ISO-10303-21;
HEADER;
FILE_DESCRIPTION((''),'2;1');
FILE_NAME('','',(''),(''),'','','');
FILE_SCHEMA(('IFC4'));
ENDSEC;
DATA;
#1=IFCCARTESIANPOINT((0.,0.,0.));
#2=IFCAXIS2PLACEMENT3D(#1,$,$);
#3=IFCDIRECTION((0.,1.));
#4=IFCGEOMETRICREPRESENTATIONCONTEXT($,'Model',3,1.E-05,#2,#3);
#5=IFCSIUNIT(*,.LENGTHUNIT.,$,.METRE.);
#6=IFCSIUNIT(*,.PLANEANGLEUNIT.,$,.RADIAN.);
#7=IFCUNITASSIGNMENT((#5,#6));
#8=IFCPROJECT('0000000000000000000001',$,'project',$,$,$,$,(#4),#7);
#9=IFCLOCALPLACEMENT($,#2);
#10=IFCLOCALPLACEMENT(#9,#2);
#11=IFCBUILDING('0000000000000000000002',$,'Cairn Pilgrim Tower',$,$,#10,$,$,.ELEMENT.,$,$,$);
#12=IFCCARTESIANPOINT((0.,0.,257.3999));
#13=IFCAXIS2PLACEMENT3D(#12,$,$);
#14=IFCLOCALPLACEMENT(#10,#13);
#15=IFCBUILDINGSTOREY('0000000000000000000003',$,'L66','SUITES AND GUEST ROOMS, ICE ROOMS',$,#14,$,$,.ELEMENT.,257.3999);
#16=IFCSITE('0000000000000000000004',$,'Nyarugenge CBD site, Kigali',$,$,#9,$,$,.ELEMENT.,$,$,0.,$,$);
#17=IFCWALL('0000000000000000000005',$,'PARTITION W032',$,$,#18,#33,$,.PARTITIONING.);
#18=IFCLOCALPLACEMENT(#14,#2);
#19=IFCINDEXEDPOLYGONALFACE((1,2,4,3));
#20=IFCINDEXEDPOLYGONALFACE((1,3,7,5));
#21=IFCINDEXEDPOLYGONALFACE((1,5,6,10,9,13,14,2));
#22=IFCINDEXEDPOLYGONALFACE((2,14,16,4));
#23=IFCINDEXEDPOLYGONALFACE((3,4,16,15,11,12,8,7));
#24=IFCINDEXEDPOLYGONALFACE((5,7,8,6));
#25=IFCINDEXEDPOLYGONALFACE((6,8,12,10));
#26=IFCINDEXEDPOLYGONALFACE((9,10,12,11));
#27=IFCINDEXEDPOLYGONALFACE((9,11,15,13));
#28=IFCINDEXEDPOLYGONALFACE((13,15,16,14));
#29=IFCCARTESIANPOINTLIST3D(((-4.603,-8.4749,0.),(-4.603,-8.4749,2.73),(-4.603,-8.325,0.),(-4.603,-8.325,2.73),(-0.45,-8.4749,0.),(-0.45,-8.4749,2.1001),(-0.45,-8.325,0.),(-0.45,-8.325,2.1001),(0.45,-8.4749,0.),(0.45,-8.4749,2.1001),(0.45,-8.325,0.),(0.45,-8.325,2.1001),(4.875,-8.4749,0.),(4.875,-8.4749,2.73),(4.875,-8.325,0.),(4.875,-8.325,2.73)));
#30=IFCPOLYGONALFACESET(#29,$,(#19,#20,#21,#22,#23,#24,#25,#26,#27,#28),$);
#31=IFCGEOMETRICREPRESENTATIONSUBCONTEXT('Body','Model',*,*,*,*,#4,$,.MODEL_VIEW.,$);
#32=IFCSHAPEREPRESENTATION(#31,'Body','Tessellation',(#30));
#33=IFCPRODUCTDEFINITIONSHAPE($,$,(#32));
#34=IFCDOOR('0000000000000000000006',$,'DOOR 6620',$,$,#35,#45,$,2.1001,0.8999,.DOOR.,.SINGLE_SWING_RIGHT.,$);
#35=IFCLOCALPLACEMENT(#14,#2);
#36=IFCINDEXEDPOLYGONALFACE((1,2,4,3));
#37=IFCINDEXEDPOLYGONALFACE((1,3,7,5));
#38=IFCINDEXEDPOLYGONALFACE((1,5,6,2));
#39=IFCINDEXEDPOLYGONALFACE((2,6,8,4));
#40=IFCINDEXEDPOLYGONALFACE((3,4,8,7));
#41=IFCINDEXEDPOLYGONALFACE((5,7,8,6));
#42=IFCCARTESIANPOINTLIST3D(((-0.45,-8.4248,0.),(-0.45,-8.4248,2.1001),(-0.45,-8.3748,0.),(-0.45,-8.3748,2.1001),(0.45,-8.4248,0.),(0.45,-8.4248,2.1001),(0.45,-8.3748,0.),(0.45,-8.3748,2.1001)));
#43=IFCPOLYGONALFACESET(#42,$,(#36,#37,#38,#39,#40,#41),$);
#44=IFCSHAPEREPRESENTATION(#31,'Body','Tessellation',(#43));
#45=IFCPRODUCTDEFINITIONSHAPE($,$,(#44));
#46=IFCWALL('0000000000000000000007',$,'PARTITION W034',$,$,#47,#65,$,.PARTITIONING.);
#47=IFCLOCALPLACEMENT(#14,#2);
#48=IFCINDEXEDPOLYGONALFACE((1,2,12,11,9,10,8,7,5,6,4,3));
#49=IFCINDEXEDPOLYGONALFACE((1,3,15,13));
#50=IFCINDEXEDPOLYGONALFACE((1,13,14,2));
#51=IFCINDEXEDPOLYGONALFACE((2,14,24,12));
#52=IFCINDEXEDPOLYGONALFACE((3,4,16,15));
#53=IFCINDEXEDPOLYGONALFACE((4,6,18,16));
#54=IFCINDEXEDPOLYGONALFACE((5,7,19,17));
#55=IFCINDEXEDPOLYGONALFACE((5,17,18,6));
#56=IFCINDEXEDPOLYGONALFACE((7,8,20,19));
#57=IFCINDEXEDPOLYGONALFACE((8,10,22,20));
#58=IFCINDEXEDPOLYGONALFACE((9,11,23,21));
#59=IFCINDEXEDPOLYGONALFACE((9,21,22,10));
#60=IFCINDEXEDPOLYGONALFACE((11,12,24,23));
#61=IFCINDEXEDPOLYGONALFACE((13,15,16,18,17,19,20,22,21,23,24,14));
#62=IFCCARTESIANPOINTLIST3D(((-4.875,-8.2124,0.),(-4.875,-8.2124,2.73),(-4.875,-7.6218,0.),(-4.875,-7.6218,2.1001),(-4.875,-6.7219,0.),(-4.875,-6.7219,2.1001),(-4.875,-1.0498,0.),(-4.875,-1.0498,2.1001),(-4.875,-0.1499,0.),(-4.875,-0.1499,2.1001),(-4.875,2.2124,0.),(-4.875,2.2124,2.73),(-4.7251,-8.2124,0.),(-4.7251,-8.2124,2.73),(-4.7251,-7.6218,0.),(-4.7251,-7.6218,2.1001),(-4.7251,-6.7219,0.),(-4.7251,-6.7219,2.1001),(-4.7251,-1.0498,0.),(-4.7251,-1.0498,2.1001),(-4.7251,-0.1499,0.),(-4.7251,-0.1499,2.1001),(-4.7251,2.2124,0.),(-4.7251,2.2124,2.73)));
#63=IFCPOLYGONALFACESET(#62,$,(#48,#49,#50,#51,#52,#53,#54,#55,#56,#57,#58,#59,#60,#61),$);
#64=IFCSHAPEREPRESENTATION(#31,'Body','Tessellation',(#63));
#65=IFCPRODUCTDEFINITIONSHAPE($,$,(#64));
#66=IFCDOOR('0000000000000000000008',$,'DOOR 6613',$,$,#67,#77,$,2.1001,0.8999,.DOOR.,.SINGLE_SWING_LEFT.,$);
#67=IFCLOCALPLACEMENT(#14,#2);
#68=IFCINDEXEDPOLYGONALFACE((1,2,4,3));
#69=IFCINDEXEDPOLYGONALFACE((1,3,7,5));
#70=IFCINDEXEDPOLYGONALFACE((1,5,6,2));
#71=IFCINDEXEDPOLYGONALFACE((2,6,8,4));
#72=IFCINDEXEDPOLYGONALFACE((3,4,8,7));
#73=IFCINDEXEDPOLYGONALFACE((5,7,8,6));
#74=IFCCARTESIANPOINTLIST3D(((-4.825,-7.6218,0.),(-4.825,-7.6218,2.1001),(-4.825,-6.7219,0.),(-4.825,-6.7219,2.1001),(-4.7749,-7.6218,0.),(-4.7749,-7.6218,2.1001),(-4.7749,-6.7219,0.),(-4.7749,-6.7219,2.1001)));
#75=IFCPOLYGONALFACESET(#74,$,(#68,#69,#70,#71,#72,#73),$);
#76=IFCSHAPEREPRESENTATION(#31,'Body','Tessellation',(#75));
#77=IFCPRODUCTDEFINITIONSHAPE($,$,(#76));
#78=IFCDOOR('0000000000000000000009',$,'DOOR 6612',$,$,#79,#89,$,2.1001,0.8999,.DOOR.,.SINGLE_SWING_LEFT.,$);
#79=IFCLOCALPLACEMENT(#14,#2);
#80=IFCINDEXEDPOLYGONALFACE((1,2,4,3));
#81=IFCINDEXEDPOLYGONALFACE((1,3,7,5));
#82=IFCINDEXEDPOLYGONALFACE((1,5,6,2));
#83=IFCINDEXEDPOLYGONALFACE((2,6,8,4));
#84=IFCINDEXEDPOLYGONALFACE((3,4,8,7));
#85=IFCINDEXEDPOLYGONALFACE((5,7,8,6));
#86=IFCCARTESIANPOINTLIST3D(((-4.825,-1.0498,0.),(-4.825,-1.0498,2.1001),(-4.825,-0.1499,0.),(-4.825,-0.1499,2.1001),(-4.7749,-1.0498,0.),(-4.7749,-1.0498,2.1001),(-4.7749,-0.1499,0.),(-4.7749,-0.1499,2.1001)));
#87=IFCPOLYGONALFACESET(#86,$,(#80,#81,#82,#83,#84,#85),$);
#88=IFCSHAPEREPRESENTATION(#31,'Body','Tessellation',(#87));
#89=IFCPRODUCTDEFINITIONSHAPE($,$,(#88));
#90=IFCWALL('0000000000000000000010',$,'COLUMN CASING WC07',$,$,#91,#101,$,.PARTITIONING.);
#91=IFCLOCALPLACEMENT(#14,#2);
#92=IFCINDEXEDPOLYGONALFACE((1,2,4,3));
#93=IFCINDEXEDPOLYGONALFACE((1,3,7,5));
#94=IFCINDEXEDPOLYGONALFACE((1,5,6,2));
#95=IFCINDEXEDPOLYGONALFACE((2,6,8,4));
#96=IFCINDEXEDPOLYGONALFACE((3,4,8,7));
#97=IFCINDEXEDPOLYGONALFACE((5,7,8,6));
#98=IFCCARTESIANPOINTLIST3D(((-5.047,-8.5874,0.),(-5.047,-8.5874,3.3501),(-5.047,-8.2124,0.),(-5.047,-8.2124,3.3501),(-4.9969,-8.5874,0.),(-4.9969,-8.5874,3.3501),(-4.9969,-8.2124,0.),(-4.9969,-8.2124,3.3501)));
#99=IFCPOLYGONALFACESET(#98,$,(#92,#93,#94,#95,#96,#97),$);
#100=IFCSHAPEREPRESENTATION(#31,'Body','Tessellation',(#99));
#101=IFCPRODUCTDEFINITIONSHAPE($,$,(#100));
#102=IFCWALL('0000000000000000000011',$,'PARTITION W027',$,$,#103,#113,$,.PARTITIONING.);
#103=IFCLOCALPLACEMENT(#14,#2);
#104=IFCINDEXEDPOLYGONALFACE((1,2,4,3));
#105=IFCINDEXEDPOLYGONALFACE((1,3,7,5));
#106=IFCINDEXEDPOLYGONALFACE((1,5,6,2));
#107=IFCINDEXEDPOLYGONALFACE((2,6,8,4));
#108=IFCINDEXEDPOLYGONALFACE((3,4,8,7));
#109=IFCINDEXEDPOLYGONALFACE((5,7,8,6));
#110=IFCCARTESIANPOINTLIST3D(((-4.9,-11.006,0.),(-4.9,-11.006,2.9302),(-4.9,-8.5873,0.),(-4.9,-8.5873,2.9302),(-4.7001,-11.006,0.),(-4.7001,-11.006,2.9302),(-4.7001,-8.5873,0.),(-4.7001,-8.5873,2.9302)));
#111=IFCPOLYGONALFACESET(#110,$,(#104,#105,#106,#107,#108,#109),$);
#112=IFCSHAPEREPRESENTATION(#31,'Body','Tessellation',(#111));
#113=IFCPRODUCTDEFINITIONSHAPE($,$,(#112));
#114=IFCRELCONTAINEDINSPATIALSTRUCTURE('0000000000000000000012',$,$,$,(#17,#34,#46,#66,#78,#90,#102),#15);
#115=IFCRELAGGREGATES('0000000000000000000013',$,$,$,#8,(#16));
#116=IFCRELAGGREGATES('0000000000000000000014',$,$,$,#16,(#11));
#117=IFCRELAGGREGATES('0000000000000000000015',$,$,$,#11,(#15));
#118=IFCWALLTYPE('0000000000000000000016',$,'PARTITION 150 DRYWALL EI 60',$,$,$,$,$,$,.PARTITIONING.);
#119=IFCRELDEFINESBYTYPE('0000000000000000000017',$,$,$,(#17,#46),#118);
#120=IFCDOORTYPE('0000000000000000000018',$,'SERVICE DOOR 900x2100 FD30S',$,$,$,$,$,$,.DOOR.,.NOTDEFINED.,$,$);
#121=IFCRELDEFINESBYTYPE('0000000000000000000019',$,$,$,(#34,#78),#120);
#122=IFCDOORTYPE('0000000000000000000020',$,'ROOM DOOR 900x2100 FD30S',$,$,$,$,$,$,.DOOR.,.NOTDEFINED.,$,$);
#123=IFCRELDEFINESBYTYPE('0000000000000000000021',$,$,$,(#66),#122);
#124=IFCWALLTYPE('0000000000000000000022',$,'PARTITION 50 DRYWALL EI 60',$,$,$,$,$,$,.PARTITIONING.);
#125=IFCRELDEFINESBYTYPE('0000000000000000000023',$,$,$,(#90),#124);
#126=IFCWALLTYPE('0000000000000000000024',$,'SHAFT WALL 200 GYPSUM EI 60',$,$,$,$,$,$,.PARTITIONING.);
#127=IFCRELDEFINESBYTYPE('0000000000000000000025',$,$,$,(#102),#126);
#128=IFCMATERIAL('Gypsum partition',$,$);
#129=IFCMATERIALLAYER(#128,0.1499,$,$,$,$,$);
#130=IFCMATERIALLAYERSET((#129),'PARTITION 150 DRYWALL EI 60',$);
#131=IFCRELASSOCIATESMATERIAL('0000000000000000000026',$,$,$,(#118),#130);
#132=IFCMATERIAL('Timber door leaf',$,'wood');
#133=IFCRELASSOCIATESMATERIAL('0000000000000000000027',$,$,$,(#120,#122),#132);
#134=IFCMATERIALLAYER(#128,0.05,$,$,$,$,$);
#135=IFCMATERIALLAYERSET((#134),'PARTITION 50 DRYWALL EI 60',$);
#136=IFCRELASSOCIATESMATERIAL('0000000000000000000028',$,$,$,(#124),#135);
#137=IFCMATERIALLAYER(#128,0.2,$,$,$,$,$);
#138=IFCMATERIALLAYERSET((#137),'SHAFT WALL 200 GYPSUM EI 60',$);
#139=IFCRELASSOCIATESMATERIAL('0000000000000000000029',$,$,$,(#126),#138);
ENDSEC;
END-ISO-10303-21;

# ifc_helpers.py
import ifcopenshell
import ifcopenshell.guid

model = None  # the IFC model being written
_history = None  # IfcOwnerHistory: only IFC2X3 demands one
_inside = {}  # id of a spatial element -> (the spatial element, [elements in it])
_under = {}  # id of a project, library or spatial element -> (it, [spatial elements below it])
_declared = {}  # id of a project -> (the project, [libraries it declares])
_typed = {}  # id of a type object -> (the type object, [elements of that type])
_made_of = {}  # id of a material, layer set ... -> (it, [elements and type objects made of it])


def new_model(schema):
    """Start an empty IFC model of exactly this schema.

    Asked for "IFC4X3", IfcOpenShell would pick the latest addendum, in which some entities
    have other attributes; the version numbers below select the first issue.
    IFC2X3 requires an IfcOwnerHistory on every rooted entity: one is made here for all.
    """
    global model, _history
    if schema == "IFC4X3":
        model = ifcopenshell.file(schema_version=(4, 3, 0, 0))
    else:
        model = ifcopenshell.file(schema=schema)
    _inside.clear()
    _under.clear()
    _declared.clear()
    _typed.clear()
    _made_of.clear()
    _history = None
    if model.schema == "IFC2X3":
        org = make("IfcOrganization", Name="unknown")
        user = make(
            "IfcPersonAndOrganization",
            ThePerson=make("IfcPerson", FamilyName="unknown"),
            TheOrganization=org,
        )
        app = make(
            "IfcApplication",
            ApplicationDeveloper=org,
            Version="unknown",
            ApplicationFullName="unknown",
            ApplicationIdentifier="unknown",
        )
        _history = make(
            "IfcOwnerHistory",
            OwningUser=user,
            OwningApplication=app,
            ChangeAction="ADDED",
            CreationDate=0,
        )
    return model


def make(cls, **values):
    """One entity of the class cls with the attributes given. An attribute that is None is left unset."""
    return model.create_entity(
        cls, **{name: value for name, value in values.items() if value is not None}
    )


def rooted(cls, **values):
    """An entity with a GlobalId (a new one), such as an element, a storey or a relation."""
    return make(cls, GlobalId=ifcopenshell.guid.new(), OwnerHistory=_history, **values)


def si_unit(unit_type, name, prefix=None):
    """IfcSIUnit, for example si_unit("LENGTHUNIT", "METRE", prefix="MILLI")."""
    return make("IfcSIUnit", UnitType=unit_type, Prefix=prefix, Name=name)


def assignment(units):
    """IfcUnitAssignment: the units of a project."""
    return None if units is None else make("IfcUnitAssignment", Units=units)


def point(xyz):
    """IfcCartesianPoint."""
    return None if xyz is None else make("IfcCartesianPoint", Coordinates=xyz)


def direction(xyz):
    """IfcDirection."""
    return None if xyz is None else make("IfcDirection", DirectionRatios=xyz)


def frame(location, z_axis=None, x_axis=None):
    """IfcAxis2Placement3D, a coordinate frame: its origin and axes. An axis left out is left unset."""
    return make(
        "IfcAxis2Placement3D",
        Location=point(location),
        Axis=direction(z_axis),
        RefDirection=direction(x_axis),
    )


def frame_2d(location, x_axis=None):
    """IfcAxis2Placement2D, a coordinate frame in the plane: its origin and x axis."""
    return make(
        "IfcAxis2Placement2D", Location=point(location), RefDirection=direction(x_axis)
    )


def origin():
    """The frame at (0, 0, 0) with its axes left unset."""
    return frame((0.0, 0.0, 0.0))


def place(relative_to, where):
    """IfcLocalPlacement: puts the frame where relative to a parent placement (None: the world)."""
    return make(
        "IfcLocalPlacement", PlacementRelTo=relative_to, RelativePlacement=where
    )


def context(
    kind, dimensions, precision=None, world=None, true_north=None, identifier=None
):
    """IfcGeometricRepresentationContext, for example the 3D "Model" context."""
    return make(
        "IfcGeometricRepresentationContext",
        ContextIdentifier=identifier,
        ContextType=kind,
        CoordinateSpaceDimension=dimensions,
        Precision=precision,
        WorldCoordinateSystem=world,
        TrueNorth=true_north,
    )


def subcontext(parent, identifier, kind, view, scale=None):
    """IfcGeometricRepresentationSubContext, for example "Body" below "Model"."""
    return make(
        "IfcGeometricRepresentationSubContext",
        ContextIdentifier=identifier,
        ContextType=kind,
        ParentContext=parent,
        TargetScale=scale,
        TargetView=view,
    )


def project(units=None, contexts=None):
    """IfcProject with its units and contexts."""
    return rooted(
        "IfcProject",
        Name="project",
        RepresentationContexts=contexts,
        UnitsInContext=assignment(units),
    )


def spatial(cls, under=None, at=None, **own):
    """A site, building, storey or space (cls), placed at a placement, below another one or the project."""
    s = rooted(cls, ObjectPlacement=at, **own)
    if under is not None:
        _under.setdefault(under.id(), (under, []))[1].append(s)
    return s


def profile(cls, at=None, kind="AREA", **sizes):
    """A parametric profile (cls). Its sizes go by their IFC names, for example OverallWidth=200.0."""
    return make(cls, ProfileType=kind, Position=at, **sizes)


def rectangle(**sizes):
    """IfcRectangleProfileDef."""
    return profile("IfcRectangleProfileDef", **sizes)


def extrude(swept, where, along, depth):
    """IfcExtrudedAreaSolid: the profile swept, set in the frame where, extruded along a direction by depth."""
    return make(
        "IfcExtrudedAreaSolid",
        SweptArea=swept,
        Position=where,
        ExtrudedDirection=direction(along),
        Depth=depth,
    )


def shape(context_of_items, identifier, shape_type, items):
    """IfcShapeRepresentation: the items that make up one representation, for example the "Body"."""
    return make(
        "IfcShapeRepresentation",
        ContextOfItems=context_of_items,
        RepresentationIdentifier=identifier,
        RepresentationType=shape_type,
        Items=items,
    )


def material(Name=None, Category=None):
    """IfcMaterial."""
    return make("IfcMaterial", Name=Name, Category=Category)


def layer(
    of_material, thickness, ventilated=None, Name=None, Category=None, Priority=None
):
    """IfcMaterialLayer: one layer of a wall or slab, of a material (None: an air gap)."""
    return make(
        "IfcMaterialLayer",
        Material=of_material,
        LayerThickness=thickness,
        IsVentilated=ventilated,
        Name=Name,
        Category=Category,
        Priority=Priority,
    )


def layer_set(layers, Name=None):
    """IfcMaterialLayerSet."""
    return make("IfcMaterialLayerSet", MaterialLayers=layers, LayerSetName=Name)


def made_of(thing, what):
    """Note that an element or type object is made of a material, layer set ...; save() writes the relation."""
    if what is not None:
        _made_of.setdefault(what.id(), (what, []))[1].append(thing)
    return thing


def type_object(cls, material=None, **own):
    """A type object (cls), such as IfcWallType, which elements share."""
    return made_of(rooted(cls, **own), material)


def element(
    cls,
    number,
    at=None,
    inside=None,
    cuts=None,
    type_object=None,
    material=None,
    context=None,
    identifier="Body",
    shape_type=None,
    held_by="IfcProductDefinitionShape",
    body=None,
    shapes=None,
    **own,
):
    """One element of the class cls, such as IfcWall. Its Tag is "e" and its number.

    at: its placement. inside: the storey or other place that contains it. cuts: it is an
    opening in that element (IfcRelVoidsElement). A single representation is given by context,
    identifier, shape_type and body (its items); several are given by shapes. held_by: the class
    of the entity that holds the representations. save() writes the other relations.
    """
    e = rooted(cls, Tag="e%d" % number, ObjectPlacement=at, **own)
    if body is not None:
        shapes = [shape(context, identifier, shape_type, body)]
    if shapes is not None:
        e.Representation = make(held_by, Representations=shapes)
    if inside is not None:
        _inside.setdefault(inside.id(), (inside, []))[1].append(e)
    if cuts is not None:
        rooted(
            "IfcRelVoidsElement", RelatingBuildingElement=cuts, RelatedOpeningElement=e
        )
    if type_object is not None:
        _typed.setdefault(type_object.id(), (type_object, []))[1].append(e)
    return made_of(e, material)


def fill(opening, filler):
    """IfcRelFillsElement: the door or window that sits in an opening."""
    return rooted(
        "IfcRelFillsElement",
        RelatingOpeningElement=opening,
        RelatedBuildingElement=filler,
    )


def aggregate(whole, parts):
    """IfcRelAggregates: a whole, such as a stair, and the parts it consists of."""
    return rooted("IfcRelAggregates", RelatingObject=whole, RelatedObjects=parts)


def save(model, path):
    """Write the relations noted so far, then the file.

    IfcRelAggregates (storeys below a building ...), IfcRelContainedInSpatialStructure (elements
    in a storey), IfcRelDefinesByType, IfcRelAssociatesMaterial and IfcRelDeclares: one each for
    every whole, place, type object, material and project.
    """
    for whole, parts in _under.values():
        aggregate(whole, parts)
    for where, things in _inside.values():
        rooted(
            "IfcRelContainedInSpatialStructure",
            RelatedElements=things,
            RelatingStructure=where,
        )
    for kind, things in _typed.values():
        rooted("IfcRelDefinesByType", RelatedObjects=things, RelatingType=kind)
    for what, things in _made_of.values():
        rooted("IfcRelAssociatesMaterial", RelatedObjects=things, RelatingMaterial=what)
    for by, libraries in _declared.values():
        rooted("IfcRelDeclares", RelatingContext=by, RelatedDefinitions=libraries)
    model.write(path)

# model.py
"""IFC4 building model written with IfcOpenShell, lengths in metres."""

from ifc_helpers import new_model, si_unit, direction, frame, frame_2d, origin, place, context, subcontext, project, spatial, rectangle, extrude, material, layer, layer_set, type_object, element, fill, save


model = new_model("IFC4")

# Units and contexts
model_context = context("Model", 3, precision=1e-05, world=origin(), true_north=direction((0.0, 1.0)))
body_context = subcontext(model_context, "Body", "Model", "MODEL_VIEW")
ifc_project = project(units=[si_unit("LENGTHUNIT", "METRE"), si_unit("PLANEANGLEUNIT", "RADIAN")], contexts=[model_context])

# Site, building, storey
site_placement = place(None, origin())
site = spatial("IfcSite", under=ifc_project, at=site_placement, Name="Nyarugenge CBD site, Kigali", CompositionType="ELEMENT", RefElevation=0.0)
building_placement = place(site_placement, origin())
building = spatial("IfcBuilding", under=site, at=building_placement, Name="Cairn Pilgrim Tower", CompositionType="ELEMENT")
storey_placement = place(building_placement, frame((0.0, 0.0, 257.3999)))
storey = spatial("IfcBuildingStorey", under=building, at=storey_placement, Name="L66", Description="SUITES AND GUEST ROOMS, ICE ROOMS", CompositionType="ELEMENT", Elevation=257.3999)

# Shared definitions
ifc_material_1 = material(Name="Gypsum partition")
ifc_layer_1 = layer(ifc_material_1, 0.1499)
ifc_layer_set_1 = layer_set([ifc_layer_1], Name="PARTITION 150 DRYWALL EI 60")
wall_type_1 = type_object("IfcWallType", Name="PARTITION 150 DRYWALL EI 60", PredefinedType="PARTITIONING", material=ifc_layer_set_1)

# Wall, opening, door
wall_1_placement = place(storey_placement, frame((-4.603, -8.3999, 0.0), z_axis=(0.0, 0.0, 1.0), x_axis=(1.0, 0.0, 0.0)))
wall_1 = element("IfcWall", 1, at=wall_1_placement, inside=storey, type_object=wall_type_1, Name="PARTITION W032", PredefinedType="PARTITIONING", context=body_context, shape_type="SweptSolid", body=[
    extrude(rectangle(XDim=9.478, YDim=0.1499, at=frame_2d((4.739, 0.0))), origin(), (0.0, 0.0, 1.0), 2.73),
])
opening_1_placement = place(wall_1_placement, frame((4.1531, 0.0, 0.0)))
opening_1 = element("IfcOpeningElement", 2, at=opening_1_placement, cuts=wall_1, PredefinedType="OPENING", context=body_context, shape_type="SweptSolid", body=[
    extrude(rectangle(XDim=0.8999, YDim=2.1001, at=frame_2d((0.45, 1.05))), frame((0.0, 0.085, 0.0), z_axis=(0.0, -1.0, 0.0), x_axis=(1.0, 0.0, 0.0)), (0.0, 0.0, 1.0), 0.1699),
])
ifc_material_2 = material(Name="Timber door leaf", Category="wood")
door_type_1 = type_object("IfcDoorType", Name="SERVICE DOOR 900x2100 FD30S", OperationType="NOTDEFINED", PredefinedType="DOOR", material=ifc_material_2)
door_1_placement = place(opening_1_placement, frame((0.8999, 0.0, 0.0), z_axis=(0.0, 0.0, 1.0), x_axis=(-1.0, 0.0, 0.0)))
door_1 = element("IfcDoor", 3, at=door_1_placement, inside=storey, type_object=door_type_1, Name="DOOR 6620", OperationType="SINGLE_SWING_RIGHT", OverallHeight=2.1001, OverallWidth=0.8999, PredefinedType="DOOR", context=body_context, shape_type="SweptSolid", body=[
    extrude(rectangle(XDim=0.8999, YDim=2.1001, at=frame_2d((0.45, 1.05))), frame((0.0, 0.0249, 0.0), z_axis=(0.0, -1.0, 0.0), x_axis=(1.0, 0.0, 0.0)), (0.0, 0.0, 1.0), 0.05),
])
fill(opening_1, door_1)

# Wall, openings, doors
wall_2_placement = place(storey_placement, frame((-4.8, -8.2124, 0.0), z_axis=(0.0, 0.0, 1.0), x_axis=(0.0, 1.0, 0.0)))
wall_2 = element("IfcWall", 4, at=wall_2_placement, inside=storey, type_object=wall_type_1, Name="PARTITION W034", PredefinedType="PARTITIONING", context=body_context, shape_type="SweptSolid", body=[
    extrude(rectangle(XDim=10.4248, YDim=0.1499, at=frame_2d((5.2124, 0.0))), origin(), (0.0, 0.0, 1.0), 2.73),
])
opening_2_placement = place(wall_2_placement, frame((7.1626, 0.0, 0.0)))
opening_2 = element("IfcOpeningElement", 5, at=opening_2_placement, cuts=wall_2, PredefinedType="OPENING", context=body_context, shape_type="SweptSolid", body=[
    extrude(rectangle(XDim=0.8999, YDim=2.1001, at=frame_2d((0.45, 1.05))), frame((0.0, 0.085, 0.0), z_axis=(0.0, -1.0, 0.0), x_axis=(1.0, 0.0, 0.0)), (0.0, 0.0, 1.0), 0.1699),
])
opening_3_placement = place(wall_2_placement, frame((0.5906, 0.0, 0.0)))
opening_3 = element("IfcOpeningElement", 6, at=opening_3_placement, cuts=wall_2, PredefinedType="OPENING", context=body_context, shape_type="SweptSolid", body=[
    extrude(rectangle(XDim=0.8999, YDim=2.1001, at=frame_2d((0.45, 1.05))), frame((0.0, 0.085, 0.0), z_axis=(0.0, -1.0, 0.0), x_axis=(1.0, 0.0, 0.0)), (0.0, 0.0, 1.0), 0.1699),
])
door_type_2 = type_object("IfcDoorType", Name="ROOM DOOR 900x2100 FD30S", OperationType="NOTDEFINED", PredefinedType="DOOR", material=ifc_material_2)
door_2_placement = place(opening_3_placement, origin())
door_2 = element("IfcDoor", 7, at=door_2_placement, inside=storey, type_object=door_type_2, Name="DOOR 6613", OperationType="SINGLE_SWING_LEFT", OverallHeight=2.1001, OverallWidth=0.8999, PredefinedType="DOOR", context=body_context, shape_type="SweptSolid", body=[
    extrude(rectangle(XDim=0.8999, YDim=2.1001, at=frame_2d((0.45, 1.05))), frame((0.0, 0.0249, 0.0), z_axis=(0.0, -1.0, 0.0), x_axis=(1.0, 0.0, 0.0)), (0.0, 0.0, 1.0), 0.05),
])
fill(opening_3, door_2)
door_3_placement = place(opening_2_placement, origin())
door_3 = element("IfcDoor", 8, at=door_3_placement, inside=storey, type_object=door_type_1, Name="DOOR 6612", OperationType="SINGLE_SWING_LEFT", OverallHeight=2.1001, OverallWidth=0.8999, PredefinedType="DOOR", context=body_context, shape_type="SweptSolid", body=[
    extrude(rectangle(XDim=0.8999, YDim=2.1001, at=frame_2d((0.45, 1.05))), frame((0.0, 0.0249, 0.0), z_axis=(0.0, -1.0, 0.0), x_axis=(1.0, 0.0, 0.0)), (0.0, 0.0, 1.0), 0.05),
])
fill(opening_2, door_3)

# Walls
ifc_layer_2 = layer(ifc_material_1, 0.05)
ifc_layer_set_2 = layer_set([ifc_layer_2], Name="PARTITION 50 DRYWALL EI 60")
wall_type_2 = type_object("IfcWallType", Name="PARTITION 50 DRYWALL EI 60", PredefinedType="PARTITIONING", material=ifc_layer_set_2)
wall_3_placement = place(storey_placement, frame((-5.022, -8.5874, 0.0), z_axis=(0.0, 0.0, 1.0), x_axis=(0.0, 1.0, 0.0)))
element("IfcWall", 9, at=wall_3_placement, inside=storey, type_object=wall_type_2, Name="COLUMN CASING WC07", PredefinedType="PARTITIONING", context=body_context, shape_type="SweptSolid", body=[
    extrude(rectangle(XDim=0.375, YDim=0.05, at=frame_2d((0.1875, 0.0))), origin(), (0.0, 0.0, 1.0), 3.3501),
])
ifc_layer_3 = layer(ifc_material_1, 0.2)
ifc_layer_set_3 = layer_set([ifc_layer_3], Name="SHAFT WALL 200 GYPSUM EI 60")
wall_type_3 = type_object("IfcWallType", Name="SHAFT WALL 200 GYPSUM EI 60", PredefinedType="PARTITIONING", material=ifc_layer_set_3)
wall_4_placement = place(storey_placement, frame((-4.8, -11.0061, 0.0), z_axis=(0.0, 0.0, 1.0), x_axis=(0.0, 1.0, 0.0)))
element("IfcWall", 10, at=wall_4_placement, inside=storey, type_object=wall_type_3, Name="PARTITION W027", PredefinedType="PARTITIONING", context=body_context, shape_type="SweptSolid", body=[
    extrude(rectangle(XDim=2.4187, YDim=0.2, at=frame_2d((1.2095, 0.0))), origin(), (0.0, 0.0, 1.0), 2.9302),
])

save(model, "model.ifc")
